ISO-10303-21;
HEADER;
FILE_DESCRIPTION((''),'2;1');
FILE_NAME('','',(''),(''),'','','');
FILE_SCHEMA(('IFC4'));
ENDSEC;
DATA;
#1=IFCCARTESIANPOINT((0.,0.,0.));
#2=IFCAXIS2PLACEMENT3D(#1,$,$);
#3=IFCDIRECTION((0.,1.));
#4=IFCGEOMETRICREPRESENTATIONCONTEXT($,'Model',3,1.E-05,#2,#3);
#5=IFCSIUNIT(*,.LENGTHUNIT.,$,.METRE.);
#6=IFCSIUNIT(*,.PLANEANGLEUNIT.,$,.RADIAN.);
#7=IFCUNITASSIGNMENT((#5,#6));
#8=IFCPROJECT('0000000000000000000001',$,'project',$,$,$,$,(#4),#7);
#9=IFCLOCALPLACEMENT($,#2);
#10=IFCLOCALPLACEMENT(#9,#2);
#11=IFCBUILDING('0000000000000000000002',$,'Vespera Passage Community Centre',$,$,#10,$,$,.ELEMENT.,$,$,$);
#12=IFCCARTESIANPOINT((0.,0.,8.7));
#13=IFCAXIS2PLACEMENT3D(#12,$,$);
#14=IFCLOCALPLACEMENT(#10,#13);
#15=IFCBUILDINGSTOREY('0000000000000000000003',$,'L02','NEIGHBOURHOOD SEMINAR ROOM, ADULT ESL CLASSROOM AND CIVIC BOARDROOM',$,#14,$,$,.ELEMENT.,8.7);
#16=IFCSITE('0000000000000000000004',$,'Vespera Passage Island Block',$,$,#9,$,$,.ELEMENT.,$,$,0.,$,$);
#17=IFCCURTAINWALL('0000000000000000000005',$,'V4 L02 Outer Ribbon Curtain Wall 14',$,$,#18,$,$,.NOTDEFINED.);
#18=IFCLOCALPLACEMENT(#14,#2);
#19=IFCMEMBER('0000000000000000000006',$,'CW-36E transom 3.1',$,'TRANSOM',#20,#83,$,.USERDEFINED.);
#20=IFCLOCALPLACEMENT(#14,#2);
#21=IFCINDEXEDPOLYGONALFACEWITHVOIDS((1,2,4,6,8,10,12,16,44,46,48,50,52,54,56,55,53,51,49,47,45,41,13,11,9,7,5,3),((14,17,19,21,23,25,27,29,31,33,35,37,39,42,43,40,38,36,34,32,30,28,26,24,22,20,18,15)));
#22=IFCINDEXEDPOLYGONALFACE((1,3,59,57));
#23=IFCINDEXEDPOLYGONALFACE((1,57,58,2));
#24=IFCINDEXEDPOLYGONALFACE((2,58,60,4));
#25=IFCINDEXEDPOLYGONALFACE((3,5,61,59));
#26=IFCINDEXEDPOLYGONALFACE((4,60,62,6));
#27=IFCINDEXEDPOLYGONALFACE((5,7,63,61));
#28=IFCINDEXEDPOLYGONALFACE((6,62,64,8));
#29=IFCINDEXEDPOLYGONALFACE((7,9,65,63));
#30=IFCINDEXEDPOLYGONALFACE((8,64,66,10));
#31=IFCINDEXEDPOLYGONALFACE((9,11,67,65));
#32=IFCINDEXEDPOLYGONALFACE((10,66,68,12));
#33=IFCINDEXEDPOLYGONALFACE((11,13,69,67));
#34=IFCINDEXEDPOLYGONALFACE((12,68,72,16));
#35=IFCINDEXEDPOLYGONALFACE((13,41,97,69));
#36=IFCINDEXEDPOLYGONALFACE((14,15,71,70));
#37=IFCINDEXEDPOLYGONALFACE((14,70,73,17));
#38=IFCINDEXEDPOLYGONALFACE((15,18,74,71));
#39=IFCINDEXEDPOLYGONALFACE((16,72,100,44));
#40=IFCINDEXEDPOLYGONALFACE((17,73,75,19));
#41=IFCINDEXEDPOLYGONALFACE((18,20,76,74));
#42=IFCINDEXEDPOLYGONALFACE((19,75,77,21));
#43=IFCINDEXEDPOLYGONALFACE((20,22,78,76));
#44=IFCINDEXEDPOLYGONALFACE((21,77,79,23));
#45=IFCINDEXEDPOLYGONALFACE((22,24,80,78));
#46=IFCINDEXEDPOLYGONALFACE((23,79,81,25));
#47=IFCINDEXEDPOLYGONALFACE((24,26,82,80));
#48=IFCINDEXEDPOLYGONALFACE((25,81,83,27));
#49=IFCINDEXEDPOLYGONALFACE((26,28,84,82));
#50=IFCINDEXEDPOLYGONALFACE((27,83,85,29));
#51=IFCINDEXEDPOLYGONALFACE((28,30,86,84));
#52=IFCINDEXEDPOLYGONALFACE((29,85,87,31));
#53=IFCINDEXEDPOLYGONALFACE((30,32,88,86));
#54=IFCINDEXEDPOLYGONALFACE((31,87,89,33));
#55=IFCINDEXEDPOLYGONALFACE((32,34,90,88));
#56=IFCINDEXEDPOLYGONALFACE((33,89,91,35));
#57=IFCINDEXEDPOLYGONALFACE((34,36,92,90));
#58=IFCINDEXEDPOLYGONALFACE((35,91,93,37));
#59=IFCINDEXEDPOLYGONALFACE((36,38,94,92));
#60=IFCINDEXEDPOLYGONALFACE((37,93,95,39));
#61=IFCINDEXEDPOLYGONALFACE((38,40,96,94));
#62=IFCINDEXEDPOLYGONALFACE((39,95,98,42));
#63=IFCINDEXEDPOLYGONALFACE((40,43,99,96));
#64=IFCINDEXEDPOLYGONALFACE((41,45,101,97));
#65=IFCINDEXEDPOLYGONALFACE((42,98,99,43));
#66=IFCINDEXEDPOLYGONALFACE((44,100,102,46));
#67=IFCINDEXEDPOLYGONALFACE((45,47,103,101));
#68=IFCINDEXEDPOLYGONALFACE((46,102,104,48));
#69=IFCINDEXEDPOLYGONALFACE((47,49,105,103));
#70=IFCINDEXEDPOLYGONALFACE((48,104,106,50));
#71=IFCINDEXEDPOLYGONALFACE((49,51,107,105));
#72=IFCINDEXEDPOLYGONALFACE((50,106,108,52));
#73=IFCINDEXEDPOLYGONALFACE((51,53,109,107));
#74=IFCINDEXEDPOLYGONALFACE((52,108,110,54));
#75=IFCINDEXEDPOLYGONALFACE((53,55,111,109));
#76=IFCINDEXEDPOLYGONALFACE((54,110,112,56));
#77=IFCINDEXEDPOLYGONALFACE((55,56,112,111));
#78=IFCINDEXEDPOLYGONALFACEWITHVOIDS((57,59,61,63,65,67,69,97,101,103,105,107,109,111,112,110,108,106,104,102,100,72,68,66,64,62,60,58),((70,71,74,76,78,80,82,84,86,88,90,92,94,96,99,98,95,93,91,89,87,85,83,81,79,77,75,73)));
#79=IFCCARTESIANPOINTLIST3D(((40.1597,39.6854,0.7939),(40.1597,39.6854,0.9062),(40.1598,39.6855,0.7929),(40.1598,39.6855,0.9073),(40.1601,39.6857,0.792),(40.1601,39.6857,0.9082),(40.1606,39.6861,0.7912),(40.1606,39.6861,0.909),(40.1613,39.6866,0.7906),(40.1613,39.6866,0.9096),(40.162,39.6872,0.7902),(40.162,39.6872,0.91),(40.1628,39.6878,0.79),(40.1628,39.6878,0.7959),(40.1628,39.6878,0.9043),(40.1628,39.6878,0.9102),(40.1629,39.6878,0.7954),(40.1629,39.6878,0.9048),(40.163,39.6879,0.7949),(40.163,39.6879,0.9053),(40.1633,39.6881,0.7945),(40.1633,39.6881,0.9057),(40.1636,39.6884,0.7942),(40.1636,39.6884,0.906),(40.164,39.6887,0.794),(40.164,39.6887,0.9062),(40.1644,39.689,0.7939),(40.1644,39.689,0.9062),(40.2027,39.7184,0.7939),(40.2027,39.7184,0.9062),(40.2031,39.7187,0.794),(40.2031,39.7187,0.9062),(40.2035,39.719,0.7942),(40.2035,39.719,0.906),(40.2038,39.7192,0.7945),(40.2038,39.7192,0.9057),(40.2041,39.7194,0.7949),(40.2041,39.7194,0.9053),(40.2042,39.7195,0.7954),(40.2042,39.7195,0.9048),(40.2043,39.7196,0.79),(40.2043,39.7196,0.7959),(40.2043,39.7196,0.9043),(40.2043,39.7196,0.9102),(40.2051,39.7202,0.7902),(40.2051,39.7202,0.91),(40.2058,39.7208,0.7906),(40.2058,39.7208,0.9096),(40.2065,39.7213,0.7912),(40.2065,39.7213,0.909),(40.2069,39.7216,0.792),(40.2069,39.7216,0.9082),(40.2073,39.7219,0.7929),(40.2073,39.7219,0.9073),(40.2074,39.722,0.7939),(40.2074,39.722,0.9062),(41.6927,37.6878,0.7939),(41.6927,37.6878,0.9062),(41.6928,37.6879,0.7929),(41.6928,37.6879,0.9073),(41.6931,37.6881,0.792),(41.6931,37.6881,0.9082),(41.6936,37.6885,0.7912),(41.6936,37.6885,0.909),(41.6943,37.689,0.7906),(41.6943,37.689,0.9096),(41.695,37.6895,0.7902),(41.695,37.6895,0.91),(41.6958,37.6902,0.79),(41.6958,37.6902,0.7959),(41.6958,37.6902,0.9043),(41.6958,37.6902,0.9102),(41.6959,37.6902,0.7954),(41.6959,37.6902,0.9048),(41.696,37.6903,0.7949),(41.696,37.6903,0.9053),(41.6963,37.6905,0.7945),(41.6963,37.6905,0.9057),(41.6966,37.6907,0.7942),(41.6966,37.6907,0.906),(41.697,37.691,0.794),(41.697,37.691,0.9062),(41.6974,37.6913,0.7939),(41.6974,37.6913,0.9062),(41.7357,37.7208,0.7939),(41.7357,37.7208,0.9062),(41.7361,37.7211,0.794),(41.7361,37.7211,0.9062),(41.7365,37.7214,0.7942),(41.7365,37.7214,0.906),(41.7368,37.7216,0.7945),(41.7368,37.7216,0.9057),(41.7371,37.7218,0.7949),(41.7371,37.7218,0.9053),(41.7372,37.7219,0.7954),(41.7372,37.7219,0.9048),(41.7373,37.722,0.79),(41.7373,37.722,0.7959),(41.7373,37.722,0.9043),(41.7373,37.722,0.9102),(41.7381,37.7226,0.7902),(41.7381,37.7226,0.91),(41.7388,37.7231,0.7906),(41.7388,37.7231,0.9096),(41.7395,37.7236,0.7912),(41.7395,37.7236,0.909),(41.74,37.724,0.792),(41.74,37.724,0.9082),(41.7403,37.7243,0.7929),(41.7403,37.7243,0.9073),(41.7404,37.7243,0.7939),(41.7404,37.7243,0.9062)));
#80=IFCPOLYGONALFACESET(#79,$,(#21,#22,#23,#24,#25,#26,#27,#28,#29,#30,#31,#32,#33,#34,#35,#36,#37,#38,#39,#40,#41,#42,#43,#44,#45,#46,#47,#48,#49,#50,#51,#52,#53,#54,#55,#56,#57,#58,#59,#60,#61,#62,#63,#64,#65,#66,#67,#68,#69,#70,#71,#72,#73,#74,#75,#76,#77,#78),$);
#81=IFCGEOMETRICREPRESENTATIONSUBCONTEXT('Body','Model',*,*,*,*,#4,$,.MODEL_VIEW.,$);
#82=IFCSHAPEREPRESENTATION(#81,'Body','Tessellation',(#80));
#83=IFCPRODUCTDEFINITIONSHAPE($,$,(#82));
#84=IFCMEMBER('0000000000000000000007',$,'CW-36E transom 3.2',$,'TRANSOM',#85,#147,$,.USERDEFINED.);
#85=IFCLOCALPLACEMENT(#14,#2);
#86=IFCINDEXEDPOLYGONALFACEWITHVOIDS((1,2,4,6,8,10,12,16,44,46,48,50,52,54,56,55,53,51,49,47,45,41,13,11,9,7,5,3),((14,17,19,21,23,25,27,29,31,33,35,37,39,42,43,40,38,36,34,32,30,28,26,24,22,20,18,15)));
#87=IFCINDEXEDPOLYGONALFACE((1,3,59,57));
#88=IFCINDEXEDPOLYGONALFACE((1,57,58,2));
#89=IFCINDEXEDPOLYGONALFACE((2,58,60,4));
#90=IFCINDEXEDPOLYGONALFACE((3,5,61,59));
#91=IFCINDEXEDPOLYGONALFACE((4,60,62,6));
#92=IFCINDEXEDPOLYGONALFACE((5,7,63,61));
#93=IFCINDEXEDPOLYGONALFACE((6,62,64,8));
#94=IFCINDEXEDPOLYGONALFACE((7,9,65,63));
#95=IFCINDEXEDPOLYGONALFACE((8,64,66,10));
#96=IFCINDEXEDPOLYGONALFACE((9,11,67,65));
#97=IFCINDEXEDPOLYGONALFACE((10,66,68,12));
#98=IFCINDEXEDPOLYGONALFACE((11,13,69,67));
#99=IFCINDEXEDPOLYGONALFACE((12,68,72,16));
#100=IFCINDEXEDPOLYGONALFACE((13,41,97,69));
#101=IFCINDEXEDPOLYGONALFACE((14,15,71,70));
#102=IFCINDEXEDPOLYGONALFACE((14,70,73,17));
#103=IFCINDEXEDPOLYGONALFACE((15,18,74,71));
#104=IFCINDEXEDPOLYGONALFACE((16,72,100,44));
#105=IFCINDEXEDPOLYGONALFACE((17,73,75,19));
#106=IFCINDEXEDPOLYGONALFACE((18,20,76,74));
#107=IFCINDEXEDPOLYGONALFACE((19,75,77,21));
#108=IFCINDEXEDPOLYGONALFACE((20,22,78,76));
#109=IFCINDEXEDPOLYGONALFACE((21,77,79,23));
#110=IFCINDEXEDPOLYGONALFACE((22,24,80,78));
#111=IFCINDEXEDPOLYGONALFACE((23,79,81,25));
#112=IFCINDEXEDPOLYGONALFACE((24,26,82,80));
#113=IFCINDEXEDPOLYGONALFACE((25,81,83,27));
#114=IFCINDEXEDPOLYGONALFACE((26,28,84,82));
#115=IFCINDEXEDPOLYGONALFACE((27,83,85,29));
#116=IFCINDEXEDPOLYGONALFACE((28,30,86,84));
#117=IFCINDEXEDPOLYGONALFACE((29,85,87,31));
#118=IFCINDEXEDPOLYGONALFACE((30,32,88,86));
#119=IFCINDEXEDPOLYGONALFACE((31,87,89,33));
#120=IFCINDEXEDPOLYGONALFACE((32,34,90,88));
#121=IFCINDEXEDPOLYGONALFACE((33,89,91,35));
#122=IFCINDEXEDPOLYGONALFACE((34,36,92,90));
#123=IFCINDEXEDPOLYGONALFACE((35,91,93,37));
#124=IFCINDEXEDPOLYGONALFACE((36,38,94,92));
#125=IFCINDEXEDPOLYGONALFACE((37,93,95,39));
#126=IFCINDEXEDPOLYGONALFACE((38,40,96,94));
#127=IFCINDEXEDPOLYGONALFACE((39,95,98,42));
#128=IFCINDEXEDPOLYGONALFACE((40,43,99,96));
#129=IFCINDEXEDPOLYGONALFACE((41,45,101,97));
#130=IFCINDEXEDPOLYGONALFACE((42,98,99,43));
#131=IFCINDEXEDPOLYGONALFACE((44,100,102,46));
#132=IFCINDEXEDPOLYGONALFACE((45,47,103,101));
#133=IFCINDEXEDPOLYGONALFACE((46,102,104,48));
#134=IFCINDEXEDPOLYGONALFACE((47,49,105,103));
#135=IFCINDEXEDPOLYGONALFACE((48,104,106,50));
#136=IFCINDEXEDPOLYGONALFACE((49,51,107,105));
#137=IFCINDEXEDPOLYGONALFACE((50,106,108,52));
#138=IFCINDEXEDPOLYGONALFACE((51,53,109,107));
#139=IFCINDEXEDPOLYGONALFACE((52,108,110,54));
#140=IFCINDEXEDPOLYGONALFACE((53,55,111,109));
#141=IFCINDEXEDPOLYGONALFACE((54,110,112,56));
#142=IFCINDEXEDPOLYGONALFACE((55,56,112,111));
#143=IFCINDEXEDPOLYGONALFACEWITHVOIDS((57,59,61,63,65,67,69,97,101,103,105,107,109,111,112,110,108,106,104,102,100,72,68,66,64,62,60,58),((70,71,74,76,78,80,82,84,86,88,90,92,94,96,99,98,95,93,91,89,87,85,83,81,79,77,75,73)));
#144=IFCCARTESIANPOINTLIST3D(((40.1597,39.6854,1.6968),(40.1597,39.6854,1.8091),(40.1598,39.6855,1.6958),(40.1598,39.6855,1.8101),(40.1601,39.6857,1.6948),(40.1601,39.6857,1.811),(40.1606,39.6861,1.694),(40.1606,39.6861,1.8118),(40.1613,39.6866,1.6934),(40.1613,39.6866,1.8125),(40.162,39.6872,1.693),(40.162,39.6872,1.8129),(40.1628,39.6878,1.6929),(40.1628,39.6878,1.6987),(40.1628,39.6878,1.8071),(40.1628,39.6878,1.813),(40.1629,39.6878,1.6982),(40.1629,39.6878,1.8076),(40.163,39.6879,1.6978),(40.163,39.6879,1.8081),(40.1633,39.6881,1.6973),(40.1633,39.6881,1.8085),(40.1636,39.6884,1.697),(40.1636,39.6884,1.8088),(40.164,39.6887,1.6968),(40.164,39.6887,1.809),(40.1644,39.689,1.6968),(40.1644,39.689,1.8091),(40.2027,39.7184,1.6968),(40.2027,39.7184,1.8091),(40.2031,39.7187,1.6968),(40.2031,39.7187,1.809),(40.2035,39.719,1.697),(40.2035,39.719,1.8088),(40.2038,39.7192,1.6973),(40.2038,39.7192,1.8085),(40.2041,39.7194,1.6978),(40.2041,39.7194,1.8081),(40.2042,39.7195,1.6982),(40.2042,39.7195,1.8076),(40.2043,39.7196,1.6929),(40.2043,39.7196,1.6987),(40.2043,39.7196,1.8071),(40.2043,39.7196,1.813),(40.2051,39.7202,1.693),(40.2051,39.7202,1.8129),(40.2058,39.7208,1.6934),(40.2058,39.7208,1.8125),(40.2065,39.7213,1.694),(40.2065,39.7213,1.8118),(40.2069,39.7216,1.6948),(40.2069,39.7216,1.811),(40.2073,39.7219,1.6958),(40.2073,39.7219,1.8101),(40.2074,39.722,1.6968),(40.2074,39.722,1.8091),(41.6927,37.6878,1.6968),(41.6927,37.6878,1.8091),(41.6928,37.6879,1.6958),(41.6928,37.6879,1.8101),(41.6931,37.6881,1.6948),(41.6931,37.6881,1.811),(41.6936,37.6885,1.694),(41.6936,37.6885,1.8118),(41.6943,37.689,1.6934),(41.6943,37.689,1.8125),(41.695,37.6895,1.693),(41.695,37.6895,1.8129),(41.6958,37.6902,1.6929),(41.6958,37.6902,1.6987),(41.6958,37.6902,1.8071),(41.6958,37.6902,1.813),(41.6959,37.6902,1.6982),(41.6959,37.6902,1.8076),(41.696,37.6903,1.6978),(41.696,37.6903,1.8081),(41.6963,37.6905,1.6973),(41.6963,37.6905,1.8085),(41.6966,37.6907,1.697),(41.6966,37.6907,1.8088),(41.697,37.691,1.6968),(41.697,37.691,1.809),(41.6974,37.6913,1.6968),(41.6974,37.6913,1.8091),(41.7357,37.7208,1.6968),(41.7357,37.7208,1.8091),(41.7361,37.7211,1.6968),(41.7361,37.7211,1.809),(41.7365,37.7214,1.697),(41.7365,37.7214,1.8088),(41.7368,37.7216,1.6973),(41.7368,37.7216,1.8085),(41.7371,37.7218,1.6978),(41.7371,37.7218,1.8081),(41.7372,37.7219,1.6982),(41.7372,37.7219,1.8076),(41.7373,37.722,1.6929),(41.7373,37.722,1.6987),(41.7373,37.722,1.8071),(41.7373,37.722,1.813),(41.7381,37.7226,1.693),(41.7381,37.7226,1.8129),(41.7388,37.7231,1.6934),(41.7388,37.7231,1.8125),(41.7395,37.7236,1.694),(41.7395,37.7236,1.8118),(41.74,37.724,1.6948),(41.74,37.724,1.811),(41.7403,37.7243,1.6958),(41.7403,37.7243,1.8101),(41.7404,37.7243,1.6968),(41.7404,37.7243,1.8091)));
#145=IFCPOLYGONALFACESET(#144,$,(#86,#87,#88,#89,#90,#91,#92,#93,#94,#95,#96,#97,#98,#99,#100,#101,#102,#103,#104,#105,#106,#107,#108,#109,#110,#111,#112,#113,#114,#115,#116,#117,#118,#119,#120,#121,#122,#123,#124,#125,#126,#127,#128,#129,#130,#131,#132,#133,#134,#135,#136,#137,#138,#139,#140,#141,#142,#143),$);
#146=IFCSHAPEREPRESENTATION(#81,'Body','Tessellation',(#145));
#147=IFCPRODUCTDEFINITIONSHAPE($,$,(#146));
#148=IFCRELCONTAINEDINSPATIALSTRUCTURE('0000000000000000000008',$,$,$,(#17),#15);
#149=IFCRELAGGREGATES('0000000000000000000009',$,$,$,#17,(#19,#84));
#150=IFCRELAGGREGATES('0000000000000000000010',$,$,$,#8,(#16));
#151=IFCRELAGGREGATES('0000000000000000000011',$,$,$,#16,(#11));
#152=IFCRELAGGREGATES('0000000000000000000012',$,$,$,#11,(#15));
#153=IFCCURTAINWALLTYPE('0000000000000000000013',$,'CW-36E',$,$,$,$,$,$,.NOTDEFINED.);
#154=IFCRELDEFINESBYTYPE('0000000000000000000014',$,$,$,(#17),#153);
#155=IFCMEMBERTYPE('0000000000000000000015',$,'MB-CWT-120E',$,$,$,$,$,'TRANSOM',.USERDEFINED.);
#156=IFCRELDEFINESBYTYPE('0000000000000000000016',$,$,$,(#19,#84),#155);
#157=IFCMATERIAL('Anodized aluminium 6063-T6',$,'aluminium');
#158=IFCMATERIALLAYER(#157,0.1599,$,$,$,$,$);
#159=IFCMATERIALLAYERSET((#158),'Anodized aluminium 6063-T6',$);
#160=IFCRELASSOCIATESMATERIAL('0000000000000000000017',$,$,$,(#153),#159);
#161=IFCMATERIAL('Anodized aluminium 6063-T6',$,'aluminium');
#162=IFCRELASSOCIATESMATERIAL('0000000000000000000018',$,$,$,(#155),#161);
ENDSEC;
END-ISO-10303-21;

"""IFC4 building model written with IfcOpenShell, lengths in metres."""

from ifc_helpers import new_model, si_unit, direction, frame, origin, origin_2d, place, context, subcontext, project, spatial, hollow_rectangle, extrude, material, layer, layer_set, material_profile, profile_set, type_object, element, aggregate, save


model = new_model("IFC4")

# Units and contexts
model_context = context("Model", 3, precision=1e-05, world=origin(), true_north=direction((0.0, 1.0)))
body_context = subcontext(model_context, "Body", "Model", "MODEL_VIEW")
ifc_project = project(units=[si_unit("LENGTHUNIT", "METRE"), si_unit("PLANEANGLEUNIT", "RADIAN")], contexts=[model_context])

# Site, building, storey
site_placement = place(None, origin())
site = spatial("IfcSite", under=ifc_project, at=site_placement, Name="Vespera Passage Island Block", CompositionType="ELEMENT", RefElevation=0.0)
building_placement = place(site_placement, origin())
building = spatial("IfcBuilding", under=site, at=building_placement, Name="Vespera Passage Community Centre", CompositionType="ELEMENT")
storey_placement = place(building_placement, frame((0.0, 0.0, 8.7)))
storey = spatial("IfcBuildingStorey", under=building, at=storey_placement, Name="L02", Description="NEIGHBOURHOOD SEMINAR ROOM, ADULT ESL CLASSROOM AND CIVIC BOARDROOM", CompositionType="ELEMENT", Elevation=8.7)

# Curtain wall
ifc_material_1 = material(Name="Anodized aluminium 6063-T6", Category="aluminium")
ifc_layer_1 = layer(ifc_material_1, 0.1599)
ifc_layer_set_1 = layer_set([ifc_layer_1], Name="Anodized aluminium 6063-T6")
curtain_wall_type_1 = type_object("IfcCurtainWallType", Name="CW-36E", PredefinedType="NOTDEFINED", material=ifc_layer_set_1)
curtain_wall_1_placement = place(storey_placement, origin())
curtain_wall_1 = element("IfcCurtainWall", 1, at=curtain_wall_1_placement, inside=storey, type_object=curtain_wall_type_1, Name="V4 L02 Outer Ribbon Curtain Wall 14", PredefinedType="NOTDEFINED")

# Members
ifc_material_2 = material(Name="Anodized aluminium 6063-T6", Category="aluminium")
ifc_material_profile_1 = material_profile(ifc_material_2, hollow_rectangle(XDim=0.0601, YDim=0.1201, WallThickness=0.0039, InnerFilletRadius=0.002, OuterFilletRadius=0.0039, at=origin_2d()), Name="ALU120X60X4")
ifc_profile_set_1 = profile_set([ifc_material_profile_1], Name="Anodized aluminium 6063-T6")
member_type_1 = type_object("IfcMemberType", Name="MB-CWT-120E", ElementType="TRANSOM", PredefinedType="USERDEFINED", material=ifc_profile_set_1)
member_1_placement = place(storey_placement, frame((41.7166, 37.7061, 0.8501), z_axis=(-0.608806, 0.793319, 0.0), x_axis=(-0.793319, -0.608806, 0.0)))
member_1 = element("IfcMember", 2, at=member_1_placement, type_object=member_type_1, Name="CW-36E transom 3.1", ObjectType="TRANSOM", PredefinedType="USERDEFINED", context=body_context, shape_type="SweptSolid", body=[
    extrude(hollow_rectangle(XDim=0.0601, YDim=0.1201, WallThickness=0.0039, InnerFilletRadius=0.002, OuterFilletRadius=0.0039, at=origin_2d()), origin(), (0.0, 0.0, 1.0), 2.5181),
])
member_2_placement = place(storey_placement, frame((41.7166, 37.7061, 1.7529), z_axis=(-0.608806, 0.793319, 0.0), x_axis=(-0.793319, -0.608806, 0.0)))
member_2 = element("IfcMember", 3, at=member_2_placement, type_object=member_type_1, Name="CW-36E transom 3.2", ObjectType="TRANSOM", PredefinedType="USERDEFINED", context=body_context, shape_type="SweptSolid", body=[
    extrude(hollow_rectangle(XDim=0.0601, YDim=0.1201, WallThickness=0.0039, InnerFilletRadius=0.002, OuterFilletRadius=0.0039, at=origin_2d()), origin(), (0.0, 0.0, 1.0), 2.5181),
])

aggregate(curtain_wall_1, [member_1, member_2])

save(model, "model.ifc")
